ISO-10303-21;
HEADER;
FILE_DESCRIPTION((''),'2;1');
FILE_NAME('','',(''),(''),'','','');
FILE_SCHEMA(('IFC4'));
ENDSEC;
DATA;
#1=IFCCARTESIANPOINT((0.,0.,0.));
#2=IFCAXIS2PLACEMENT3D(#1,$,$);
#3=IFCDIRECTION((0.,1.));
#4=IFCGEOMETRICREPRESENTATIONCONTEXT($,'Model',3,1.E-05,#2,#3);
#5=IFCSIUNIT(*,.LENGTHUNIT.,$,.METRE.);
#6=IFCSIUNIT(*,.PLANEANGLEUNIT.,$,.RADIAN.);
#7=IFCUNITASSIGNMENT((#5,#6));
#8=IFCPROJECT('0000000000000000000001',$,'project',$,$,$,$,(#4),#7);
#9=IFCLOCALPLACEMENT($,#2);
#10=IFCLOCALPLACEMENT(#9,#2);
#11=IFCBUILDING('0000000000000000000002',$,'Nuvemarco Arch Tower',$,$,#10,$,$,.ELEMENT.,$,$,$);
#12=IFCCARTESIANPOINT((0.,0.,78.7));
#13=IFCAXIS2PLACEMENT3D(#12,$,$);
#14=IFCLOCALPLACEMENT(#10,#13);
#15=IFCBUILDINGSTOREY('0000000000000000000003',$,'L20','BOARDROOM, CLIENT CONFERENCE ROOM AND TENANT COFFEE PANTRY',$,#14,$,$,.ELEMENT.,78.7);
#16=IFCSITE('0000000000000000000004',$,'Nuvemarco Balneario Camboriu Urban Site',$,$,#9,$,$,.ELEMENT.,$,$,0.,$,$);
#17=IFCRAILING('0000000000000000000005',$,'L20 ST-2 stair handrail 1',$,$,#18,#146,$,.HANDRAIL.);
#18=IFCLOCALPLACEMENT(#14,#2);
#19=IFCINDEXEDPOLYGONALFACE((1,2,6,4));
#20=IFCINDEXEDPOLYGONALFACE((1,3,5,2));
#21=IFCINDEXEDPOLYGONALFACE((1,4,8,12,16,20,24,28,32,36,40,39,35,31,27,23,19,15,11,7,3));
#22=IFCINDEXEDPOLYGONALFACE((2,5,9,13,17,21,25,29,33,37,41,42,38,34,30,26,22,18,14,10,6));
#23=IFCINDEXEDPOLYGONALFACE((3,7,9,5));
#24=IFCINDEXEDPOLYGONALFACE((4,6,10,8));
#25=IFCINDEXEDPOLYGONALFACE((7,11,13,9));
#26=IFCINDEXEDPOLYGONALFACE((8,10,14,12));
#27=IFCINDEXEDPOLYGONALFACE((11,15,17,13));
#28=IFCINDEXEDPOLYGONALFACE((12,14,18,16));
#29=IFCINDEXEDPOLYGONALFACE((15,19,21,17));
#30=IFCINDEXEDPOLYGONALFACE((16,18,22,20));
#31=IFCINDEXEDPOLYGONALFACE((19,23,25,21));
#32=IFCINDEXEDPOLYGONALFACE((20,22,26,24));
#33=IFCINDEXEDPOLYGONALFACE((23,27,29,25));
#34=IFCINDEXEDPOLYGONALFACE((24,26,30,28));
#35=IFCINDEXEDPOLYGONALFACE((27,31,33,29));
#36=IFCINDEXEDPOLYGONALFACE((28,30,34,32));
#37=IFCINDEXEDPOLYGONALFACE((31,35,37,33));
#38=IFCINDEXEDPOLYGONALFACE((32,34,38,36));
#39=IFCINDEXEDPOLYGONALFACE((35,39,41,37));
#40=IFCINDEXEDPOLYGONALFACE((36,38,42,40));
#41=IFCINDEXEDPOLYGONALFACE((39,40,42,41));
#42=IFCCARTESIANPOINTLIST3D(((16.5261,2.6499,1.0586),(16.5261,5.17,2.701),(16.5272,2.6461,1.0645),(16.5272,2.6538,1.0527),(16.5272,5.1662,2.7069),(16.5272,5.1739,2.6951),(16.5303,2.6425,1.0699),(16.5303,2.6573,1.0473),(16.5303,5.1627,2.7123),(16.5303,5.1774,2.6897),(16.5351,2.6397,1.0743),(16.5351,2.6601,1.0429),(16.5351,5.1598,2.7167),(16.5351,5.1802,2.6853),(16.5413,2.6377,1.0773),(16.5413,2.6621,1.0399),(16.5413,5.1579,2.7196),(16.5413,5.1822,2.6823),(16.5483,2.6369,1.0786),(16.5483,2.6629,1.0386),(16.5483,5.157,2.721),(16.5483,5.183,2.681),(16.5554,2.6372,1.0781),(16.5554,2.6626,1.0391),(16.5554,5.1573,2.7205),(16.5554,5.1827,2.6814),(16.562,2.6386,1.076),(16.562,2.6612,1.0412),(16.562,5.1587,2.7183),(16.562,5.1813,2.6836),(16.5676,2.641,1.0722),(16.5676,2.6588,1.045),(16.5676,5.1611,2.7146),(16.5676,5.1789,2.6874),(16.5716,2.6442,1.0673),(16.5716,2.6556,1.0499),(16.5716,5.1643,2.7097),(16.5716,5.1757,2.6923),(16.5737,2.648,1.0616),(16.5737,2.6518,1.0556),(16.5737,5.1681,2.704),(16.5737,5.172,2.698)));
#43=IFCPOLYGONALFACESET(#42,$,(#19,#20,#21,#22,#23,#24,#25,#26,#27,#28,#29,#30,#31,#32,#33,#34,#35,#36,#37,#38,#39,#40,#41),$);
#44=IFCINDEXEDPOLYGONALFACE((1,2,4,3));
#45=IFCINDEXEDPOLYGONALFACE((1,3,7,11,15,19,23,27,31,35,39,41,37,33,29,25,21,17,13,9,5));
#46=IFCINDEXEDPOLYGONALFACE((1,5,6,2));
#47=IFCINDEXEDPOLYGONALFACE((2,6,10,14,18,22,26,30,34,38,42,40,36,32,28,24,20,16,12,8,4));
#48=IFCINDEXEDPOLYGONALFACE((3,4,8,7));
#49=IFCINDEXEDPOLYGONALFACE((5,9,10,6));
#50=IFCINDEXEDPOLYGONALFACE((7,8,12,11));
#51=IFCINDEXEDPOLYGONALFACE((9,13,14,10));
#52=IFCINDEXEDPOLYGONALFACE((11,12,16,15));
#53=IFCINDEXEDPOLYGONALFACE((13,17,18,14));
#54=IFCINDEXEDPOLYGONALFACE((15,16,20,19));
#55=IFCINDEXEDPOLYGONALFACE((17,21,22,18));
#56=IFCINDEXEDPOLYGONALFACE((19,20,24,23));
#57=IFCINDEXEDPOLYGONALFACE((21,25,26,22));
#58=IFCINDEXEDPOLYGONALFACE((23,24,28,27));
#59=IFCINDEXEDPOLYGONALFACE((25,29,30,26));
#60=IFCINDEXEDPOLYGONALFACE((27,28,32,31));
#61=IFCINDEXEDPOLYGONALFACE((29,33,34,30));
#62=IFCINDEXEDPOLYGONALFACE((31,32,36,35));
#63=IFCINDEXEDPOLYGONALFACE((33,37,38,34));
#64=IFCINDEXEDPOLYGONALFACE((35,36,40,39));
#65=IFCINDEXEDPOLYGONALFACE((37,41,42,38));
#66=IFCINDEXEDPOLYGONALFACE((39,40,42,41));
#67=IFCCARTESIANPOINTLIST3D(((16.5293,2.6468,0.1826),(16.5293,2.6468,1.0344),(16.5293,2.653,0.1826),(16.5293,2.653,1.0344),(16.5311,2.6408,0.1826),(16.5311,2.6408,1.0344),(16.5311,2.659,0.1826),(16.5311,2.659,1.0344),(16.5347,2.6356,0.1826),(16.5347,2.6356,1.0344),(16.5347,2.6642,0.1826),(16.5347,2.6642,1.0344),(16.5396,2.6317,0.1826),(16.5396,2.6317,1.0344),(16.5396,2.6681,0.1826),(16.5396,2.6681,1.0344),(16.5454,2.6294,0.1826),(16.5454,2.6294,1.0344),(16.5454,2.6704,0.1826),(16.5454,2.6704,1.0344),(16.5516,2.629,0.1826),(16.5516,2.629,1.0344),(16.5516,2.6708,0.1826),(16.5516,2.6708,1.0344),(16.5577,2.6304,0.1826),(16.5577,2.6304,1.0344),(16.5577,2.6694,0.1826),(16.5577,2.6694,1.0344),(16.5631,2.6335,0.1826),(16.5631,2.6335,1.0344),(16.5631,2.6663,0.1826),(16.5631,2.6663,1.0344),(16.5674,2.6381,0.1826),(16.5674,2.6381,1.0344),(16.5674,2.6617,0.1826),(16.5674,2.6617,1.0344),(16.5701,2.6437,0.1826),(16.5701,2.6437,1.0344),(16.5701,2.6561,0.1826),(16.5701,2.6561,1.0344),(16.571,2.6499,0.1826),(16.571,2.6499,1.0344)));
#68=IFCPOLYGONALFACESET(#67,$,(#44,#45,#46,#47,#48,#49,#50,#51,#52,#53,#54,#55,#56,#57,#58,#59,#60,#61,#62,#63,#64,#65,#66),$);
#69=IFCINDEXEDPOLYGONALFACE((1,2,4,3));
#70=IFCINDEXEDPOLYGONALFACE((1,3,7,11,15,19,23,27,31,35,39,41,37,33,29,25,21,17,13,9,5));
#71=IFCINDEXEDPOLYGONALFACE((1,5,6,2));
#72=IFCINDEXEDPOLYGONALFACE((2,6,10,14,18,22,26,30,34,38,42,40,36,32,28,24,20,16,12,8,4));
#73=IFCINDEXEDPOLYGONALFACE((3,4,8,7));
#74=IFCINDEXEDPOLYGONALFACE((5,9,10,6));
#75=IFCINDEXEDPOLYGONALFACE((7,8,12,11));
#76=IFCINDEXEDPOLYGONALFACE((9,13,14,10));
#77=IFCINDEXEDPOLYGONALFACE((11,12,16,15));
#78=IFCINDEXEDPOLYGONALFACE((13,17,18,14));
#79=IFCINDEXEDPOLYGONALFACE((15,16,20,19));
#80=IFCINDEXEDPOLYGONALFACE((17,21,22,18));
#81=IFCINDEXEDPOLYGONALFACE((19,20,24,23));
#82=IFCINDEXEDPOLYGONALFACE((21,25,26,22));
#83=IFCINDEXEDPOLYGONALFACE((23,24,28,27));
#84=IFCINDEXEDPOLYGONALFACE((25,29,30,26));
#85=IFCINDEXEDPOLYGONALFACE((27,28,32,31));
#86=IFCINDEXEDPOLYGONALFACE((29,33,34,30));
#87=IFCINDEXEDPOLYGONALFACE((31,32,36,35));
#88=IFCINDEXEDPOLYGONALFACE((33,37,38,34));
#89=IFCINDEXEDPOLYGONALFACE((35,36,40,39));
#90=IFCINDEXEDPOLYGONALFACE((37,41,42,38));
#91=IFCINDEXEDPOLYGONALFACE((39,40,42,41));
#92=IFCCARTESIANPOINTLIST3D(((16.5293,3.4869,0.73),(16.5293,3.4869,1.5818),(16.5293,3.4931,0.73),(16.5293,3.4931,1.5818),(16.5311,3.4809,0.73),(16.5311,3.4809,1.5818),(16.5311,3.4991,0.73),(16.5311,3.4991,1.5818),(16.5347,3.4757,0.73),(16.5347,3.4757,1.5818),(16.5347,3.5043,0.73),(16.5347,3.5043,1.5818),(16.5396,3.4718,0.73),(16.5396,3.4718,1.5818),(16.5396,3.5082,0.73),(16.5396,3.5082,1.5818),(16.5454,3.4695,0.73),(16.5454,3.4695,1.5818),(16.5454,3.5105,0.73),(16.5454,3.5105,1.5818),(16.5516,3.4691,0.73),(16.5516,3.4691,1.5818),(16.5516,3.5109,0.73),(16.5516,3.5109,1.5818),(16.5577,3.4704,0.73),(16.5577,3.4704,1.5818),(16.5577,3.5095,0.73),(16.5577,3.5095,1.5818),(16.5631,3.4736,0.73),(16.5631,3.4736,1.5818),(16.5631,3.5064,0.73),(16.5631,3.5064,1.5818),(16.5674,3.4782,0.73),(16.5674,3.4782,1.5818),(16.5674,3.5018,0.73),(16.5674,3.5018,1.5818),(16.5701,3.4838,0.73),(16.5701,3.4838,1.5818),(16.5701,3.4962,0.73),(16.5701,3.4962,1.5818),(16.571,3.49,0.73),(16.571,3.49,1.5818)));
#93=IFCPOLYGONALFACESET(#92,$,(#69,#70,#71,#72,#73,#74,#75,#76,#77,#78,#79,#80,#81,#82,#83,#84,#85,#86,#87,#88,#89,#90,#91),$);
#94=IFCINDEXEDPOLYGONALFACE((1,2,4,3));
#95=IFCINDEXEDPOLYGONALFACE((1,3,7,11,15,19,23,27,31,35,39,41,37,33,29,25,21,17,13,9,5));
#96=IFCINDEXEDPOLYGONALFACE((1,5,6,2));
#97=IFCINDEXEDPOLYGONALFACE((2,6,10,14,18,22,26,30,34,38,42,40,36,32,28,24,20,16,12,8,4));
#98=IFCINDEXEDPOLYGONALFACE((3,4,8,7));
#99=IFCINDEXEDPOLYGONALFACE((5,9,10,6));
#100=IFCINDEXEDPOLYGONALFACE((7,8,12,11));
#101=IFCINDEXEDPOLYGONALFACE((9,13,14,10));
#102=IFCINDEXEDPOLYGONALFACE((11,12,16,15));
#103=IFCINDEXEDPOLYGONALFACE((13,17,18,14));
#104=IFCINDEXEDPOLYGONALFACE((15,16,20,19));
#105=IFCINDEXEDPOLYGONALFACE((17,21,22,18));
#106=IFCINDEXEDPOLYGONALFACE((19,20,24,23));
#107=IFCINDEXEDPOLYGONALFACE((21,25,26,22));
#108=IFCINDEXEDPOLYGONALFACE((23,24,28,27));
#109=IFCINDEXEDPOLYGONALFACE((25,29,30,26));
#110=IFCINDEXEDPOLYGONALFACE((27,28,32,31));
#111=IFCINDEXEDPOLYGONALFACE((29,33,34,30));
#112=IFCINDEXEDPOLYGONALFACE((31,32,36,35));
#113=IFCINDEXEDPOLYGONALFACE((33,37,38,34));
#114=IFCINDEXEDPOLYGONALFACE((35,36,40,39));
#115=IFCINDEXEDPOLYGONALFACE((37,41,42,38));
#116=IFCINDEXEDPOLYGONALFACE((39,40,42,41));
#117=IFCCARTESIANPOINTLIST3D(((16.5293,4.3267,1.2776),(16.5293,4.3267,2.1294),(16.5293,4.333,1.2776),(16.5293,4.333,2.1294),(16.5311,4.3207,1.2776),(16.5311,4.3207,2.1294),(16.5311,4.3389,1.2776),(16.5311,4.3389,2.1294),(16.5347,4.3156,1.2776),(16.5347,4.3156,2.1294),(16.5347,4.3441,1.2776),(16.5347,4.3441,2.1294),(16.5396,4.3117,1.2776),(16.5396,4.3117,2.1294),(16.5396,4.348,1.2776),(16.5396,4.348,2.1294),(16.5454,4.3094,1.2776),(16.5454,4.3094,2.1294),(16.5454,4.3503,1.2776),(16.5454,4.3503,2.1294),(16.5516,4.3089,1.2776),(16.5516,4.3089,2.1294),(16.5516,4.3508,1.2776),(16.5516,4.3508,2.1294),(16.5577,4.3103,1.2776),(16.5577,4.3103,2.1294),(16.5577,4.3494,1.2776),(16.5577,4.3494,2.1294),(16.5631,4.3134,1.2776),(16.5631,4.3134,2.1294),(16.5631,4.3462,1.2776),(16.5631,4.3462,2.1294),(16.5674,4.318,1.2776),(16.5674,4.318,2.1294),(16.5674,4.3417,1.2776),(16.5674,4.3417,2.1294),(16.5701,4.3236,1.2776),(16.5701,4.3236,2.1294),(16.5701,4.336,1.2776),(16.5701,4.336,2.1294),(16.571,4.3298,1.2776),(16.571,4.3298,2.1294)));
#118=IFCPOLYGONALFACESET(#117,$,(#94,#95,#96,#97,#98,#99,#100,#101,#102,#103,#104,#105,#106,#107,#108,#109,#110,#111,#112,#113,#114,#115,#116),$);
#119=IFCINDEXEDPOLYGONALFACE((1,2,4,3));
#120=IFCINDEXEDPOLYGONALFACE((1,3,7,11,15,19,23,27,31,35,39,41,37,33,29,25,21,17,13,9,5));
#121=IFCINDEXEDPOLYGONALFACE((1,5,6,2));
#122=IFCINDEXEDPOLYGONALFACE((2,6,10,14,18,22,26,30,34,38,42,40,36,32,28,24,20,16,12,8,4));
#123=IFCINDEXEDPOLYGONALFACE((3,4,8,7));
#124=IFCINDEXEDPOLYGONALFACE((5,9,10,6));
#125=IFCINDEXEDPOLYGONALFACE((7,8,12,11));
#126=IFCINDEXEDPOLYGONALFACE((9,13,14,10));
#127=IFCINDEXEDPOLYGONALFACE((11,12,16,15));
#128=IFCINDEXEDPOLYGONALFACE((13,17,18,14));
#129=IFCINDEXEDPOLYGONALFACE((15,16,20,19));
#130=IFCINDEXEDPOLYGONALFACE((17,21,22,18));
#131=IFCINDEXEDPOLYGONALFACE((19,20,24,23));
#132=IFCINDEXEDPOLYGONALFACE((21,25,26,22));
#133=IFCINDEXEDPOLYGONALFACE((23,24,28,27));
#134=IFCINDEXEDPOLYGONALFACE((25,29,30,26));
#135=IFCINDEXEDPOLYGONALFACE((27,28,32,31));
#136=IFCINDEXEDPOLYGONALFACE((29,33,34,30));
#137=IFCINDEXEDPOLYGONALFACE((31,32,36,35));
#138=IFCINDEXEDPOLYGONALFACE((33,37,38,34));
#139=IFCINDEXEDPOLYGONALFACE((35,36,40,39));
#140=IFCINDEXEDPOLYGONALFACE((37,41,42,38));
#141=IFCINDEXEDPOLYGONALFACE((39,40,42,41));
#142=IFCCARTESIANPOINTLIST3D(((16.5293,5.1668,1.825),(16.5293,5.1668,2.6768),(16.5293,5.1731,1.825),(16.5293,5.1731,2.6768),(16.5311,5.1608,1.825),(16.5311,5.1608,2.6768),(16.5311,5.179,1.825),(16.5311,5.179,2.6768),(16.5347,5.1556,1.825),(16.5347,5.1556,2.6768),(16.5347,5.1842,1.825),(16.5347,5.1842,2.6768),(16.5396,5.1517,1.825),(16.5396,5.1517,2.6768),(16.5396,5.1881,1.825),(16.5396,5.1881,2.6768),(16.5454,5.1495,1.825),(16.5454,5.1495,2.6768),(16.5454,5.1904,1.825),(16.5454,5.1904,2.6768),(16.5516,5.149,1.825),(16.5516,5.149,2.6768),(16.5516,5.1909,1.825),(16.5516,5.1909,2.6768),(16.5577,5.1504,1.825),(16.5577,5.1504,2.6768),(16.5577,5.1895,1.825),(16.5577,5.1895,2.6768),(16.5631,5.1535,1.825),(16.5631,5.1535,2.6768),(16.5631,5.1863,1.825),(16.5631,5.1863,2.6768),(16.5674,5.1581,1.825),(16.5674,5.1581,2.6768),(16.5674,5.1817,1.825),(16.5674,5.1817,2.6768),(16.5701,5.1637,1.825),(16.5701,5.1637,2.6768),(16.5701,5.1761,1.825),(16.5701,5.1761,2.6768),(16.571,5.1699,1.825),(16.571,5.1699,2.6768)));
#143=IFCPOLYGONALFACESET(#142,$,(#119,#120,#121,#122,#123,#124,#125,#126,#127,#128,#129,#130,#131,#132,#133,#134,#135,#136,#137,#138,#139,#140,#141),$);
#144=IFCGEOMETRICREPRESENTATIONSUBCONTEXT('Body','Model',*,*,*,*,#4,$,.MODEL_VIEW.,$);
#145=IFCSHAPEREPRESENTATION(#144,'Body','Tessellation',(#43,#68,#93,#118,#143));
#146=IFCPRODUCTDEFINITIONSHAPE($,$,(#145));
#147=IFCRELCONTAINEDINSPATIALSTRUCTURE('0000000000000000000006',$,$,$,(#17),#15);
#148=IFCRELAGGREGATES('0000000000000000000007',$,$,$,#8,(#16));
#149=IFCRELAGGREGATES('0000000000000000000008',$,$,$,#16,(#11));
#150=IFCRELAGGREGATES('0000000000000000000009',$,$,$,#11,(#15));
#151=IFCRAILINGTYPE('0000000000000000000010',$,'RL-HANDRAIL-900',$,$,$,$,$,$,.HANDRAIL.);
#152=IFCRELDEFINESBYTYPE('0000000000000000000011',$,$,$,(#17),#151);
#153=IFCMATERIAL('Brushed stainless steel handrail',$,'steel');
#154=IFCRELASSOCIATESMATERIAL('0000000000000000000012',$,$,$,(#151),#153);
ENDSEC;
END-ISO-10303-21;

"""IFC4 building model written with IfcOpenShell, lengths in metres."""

from ifc_helpers import new_model, si_unit, direction, frame, origin, origin_2d, place, context, subcontext, project, spatial, circle, extrude, material, type_object, element, save


model = new_model("IFC4")

# Units and contexts
model_context = context("Model", 3, precision=1e-05, world=origin(), true_north=direction((0.0, 1.0)))
body_context = subcontext(model_context, "Body", "Model", "MODEL_VIEW")
ifc_project = project(units=[si_unit("LENGTHUNIT", "METRE"), si_unit("PLANEANGLEUNIT", "RADIAN")], contexts=[model_context])

# Site, building, storey
site_placement = place(None, origin())
site = spatial("IfcSite", under=ifc_project, at=site_placement, Name="Nuvemarco Balneario Camboriu Urban Site", CompositionType="ELEMENT", RefElevation=0.0)
building_placement = place(site_placement, origin())
building = spatial("IfcBuilding", under=site, at=building_placement, Name="Nuvemarco Arch Tower", CompositionType="ELEMENT")
storey_placement = place(building_placement, frame((0.0, 0.0, 78.7)))
storey = spatial("IfcBuildingStorey", under=building, at=storey_placement, Name="L20", Description="BOARDROOM, CLIENT CONFERENCE ROOM AND TENANT COFFEE PANTRY", CompositionType="ELEMENT", Elevation=78.7)

# Railing
ifc_material_1 = material(Name="Brushed stainless steel handrail", Category="steel")
railing_type_1 = type_object("IfcRailingType", Name="RL-HANDRAIL-900", PredefinedType="HANDRAIL", material=ifc_material_1)
railing_1_placement = place(storey_placement, frame((16.55, 2.6499, 0.1826)))
element("IfcRailing", 1, at=railing_1_placement, inside=storey, type_object=railing_type_1, Name="L20 ST-2 stair handrail 1", PredefinedType="HANDRAIL", context=body_context, shape_type="SweptSolid", body=[
    extrude(circle(Radius=0.0239, at=origin_2d()), frame((0.0, 0.0, 0.876), z_axis=(0.0, 0.837787, 0.545998), x_axis=(-1.0, 0.0, 0.0)), (0.0, 0.0, 1.0), 3.0081),
    extrude(circle(Radius=0.021, at=origin_2d()), origin(), (0.0, 0.0, 1.0), 0.8518),
    extrude(circle(Radius=0.021, at=origin_2d()), frame((0.0, 0.8401, 0.5474)), (0.0, 0.0, 1.0), 0.8518),
    extrude(circle(Radius=0.021, at=origin_2d()), frame((0.0, 1.6799, 1.095)), (0.0, 0.0, 1.0), 0.8518),
    extrude(circle(Radius=0.021, at=origin_2d()), frame((0.0, 2.52, 1.6423)), (0.0, 0.0, 1.0), 0.8518),
])

save(model, "model.ifc")
